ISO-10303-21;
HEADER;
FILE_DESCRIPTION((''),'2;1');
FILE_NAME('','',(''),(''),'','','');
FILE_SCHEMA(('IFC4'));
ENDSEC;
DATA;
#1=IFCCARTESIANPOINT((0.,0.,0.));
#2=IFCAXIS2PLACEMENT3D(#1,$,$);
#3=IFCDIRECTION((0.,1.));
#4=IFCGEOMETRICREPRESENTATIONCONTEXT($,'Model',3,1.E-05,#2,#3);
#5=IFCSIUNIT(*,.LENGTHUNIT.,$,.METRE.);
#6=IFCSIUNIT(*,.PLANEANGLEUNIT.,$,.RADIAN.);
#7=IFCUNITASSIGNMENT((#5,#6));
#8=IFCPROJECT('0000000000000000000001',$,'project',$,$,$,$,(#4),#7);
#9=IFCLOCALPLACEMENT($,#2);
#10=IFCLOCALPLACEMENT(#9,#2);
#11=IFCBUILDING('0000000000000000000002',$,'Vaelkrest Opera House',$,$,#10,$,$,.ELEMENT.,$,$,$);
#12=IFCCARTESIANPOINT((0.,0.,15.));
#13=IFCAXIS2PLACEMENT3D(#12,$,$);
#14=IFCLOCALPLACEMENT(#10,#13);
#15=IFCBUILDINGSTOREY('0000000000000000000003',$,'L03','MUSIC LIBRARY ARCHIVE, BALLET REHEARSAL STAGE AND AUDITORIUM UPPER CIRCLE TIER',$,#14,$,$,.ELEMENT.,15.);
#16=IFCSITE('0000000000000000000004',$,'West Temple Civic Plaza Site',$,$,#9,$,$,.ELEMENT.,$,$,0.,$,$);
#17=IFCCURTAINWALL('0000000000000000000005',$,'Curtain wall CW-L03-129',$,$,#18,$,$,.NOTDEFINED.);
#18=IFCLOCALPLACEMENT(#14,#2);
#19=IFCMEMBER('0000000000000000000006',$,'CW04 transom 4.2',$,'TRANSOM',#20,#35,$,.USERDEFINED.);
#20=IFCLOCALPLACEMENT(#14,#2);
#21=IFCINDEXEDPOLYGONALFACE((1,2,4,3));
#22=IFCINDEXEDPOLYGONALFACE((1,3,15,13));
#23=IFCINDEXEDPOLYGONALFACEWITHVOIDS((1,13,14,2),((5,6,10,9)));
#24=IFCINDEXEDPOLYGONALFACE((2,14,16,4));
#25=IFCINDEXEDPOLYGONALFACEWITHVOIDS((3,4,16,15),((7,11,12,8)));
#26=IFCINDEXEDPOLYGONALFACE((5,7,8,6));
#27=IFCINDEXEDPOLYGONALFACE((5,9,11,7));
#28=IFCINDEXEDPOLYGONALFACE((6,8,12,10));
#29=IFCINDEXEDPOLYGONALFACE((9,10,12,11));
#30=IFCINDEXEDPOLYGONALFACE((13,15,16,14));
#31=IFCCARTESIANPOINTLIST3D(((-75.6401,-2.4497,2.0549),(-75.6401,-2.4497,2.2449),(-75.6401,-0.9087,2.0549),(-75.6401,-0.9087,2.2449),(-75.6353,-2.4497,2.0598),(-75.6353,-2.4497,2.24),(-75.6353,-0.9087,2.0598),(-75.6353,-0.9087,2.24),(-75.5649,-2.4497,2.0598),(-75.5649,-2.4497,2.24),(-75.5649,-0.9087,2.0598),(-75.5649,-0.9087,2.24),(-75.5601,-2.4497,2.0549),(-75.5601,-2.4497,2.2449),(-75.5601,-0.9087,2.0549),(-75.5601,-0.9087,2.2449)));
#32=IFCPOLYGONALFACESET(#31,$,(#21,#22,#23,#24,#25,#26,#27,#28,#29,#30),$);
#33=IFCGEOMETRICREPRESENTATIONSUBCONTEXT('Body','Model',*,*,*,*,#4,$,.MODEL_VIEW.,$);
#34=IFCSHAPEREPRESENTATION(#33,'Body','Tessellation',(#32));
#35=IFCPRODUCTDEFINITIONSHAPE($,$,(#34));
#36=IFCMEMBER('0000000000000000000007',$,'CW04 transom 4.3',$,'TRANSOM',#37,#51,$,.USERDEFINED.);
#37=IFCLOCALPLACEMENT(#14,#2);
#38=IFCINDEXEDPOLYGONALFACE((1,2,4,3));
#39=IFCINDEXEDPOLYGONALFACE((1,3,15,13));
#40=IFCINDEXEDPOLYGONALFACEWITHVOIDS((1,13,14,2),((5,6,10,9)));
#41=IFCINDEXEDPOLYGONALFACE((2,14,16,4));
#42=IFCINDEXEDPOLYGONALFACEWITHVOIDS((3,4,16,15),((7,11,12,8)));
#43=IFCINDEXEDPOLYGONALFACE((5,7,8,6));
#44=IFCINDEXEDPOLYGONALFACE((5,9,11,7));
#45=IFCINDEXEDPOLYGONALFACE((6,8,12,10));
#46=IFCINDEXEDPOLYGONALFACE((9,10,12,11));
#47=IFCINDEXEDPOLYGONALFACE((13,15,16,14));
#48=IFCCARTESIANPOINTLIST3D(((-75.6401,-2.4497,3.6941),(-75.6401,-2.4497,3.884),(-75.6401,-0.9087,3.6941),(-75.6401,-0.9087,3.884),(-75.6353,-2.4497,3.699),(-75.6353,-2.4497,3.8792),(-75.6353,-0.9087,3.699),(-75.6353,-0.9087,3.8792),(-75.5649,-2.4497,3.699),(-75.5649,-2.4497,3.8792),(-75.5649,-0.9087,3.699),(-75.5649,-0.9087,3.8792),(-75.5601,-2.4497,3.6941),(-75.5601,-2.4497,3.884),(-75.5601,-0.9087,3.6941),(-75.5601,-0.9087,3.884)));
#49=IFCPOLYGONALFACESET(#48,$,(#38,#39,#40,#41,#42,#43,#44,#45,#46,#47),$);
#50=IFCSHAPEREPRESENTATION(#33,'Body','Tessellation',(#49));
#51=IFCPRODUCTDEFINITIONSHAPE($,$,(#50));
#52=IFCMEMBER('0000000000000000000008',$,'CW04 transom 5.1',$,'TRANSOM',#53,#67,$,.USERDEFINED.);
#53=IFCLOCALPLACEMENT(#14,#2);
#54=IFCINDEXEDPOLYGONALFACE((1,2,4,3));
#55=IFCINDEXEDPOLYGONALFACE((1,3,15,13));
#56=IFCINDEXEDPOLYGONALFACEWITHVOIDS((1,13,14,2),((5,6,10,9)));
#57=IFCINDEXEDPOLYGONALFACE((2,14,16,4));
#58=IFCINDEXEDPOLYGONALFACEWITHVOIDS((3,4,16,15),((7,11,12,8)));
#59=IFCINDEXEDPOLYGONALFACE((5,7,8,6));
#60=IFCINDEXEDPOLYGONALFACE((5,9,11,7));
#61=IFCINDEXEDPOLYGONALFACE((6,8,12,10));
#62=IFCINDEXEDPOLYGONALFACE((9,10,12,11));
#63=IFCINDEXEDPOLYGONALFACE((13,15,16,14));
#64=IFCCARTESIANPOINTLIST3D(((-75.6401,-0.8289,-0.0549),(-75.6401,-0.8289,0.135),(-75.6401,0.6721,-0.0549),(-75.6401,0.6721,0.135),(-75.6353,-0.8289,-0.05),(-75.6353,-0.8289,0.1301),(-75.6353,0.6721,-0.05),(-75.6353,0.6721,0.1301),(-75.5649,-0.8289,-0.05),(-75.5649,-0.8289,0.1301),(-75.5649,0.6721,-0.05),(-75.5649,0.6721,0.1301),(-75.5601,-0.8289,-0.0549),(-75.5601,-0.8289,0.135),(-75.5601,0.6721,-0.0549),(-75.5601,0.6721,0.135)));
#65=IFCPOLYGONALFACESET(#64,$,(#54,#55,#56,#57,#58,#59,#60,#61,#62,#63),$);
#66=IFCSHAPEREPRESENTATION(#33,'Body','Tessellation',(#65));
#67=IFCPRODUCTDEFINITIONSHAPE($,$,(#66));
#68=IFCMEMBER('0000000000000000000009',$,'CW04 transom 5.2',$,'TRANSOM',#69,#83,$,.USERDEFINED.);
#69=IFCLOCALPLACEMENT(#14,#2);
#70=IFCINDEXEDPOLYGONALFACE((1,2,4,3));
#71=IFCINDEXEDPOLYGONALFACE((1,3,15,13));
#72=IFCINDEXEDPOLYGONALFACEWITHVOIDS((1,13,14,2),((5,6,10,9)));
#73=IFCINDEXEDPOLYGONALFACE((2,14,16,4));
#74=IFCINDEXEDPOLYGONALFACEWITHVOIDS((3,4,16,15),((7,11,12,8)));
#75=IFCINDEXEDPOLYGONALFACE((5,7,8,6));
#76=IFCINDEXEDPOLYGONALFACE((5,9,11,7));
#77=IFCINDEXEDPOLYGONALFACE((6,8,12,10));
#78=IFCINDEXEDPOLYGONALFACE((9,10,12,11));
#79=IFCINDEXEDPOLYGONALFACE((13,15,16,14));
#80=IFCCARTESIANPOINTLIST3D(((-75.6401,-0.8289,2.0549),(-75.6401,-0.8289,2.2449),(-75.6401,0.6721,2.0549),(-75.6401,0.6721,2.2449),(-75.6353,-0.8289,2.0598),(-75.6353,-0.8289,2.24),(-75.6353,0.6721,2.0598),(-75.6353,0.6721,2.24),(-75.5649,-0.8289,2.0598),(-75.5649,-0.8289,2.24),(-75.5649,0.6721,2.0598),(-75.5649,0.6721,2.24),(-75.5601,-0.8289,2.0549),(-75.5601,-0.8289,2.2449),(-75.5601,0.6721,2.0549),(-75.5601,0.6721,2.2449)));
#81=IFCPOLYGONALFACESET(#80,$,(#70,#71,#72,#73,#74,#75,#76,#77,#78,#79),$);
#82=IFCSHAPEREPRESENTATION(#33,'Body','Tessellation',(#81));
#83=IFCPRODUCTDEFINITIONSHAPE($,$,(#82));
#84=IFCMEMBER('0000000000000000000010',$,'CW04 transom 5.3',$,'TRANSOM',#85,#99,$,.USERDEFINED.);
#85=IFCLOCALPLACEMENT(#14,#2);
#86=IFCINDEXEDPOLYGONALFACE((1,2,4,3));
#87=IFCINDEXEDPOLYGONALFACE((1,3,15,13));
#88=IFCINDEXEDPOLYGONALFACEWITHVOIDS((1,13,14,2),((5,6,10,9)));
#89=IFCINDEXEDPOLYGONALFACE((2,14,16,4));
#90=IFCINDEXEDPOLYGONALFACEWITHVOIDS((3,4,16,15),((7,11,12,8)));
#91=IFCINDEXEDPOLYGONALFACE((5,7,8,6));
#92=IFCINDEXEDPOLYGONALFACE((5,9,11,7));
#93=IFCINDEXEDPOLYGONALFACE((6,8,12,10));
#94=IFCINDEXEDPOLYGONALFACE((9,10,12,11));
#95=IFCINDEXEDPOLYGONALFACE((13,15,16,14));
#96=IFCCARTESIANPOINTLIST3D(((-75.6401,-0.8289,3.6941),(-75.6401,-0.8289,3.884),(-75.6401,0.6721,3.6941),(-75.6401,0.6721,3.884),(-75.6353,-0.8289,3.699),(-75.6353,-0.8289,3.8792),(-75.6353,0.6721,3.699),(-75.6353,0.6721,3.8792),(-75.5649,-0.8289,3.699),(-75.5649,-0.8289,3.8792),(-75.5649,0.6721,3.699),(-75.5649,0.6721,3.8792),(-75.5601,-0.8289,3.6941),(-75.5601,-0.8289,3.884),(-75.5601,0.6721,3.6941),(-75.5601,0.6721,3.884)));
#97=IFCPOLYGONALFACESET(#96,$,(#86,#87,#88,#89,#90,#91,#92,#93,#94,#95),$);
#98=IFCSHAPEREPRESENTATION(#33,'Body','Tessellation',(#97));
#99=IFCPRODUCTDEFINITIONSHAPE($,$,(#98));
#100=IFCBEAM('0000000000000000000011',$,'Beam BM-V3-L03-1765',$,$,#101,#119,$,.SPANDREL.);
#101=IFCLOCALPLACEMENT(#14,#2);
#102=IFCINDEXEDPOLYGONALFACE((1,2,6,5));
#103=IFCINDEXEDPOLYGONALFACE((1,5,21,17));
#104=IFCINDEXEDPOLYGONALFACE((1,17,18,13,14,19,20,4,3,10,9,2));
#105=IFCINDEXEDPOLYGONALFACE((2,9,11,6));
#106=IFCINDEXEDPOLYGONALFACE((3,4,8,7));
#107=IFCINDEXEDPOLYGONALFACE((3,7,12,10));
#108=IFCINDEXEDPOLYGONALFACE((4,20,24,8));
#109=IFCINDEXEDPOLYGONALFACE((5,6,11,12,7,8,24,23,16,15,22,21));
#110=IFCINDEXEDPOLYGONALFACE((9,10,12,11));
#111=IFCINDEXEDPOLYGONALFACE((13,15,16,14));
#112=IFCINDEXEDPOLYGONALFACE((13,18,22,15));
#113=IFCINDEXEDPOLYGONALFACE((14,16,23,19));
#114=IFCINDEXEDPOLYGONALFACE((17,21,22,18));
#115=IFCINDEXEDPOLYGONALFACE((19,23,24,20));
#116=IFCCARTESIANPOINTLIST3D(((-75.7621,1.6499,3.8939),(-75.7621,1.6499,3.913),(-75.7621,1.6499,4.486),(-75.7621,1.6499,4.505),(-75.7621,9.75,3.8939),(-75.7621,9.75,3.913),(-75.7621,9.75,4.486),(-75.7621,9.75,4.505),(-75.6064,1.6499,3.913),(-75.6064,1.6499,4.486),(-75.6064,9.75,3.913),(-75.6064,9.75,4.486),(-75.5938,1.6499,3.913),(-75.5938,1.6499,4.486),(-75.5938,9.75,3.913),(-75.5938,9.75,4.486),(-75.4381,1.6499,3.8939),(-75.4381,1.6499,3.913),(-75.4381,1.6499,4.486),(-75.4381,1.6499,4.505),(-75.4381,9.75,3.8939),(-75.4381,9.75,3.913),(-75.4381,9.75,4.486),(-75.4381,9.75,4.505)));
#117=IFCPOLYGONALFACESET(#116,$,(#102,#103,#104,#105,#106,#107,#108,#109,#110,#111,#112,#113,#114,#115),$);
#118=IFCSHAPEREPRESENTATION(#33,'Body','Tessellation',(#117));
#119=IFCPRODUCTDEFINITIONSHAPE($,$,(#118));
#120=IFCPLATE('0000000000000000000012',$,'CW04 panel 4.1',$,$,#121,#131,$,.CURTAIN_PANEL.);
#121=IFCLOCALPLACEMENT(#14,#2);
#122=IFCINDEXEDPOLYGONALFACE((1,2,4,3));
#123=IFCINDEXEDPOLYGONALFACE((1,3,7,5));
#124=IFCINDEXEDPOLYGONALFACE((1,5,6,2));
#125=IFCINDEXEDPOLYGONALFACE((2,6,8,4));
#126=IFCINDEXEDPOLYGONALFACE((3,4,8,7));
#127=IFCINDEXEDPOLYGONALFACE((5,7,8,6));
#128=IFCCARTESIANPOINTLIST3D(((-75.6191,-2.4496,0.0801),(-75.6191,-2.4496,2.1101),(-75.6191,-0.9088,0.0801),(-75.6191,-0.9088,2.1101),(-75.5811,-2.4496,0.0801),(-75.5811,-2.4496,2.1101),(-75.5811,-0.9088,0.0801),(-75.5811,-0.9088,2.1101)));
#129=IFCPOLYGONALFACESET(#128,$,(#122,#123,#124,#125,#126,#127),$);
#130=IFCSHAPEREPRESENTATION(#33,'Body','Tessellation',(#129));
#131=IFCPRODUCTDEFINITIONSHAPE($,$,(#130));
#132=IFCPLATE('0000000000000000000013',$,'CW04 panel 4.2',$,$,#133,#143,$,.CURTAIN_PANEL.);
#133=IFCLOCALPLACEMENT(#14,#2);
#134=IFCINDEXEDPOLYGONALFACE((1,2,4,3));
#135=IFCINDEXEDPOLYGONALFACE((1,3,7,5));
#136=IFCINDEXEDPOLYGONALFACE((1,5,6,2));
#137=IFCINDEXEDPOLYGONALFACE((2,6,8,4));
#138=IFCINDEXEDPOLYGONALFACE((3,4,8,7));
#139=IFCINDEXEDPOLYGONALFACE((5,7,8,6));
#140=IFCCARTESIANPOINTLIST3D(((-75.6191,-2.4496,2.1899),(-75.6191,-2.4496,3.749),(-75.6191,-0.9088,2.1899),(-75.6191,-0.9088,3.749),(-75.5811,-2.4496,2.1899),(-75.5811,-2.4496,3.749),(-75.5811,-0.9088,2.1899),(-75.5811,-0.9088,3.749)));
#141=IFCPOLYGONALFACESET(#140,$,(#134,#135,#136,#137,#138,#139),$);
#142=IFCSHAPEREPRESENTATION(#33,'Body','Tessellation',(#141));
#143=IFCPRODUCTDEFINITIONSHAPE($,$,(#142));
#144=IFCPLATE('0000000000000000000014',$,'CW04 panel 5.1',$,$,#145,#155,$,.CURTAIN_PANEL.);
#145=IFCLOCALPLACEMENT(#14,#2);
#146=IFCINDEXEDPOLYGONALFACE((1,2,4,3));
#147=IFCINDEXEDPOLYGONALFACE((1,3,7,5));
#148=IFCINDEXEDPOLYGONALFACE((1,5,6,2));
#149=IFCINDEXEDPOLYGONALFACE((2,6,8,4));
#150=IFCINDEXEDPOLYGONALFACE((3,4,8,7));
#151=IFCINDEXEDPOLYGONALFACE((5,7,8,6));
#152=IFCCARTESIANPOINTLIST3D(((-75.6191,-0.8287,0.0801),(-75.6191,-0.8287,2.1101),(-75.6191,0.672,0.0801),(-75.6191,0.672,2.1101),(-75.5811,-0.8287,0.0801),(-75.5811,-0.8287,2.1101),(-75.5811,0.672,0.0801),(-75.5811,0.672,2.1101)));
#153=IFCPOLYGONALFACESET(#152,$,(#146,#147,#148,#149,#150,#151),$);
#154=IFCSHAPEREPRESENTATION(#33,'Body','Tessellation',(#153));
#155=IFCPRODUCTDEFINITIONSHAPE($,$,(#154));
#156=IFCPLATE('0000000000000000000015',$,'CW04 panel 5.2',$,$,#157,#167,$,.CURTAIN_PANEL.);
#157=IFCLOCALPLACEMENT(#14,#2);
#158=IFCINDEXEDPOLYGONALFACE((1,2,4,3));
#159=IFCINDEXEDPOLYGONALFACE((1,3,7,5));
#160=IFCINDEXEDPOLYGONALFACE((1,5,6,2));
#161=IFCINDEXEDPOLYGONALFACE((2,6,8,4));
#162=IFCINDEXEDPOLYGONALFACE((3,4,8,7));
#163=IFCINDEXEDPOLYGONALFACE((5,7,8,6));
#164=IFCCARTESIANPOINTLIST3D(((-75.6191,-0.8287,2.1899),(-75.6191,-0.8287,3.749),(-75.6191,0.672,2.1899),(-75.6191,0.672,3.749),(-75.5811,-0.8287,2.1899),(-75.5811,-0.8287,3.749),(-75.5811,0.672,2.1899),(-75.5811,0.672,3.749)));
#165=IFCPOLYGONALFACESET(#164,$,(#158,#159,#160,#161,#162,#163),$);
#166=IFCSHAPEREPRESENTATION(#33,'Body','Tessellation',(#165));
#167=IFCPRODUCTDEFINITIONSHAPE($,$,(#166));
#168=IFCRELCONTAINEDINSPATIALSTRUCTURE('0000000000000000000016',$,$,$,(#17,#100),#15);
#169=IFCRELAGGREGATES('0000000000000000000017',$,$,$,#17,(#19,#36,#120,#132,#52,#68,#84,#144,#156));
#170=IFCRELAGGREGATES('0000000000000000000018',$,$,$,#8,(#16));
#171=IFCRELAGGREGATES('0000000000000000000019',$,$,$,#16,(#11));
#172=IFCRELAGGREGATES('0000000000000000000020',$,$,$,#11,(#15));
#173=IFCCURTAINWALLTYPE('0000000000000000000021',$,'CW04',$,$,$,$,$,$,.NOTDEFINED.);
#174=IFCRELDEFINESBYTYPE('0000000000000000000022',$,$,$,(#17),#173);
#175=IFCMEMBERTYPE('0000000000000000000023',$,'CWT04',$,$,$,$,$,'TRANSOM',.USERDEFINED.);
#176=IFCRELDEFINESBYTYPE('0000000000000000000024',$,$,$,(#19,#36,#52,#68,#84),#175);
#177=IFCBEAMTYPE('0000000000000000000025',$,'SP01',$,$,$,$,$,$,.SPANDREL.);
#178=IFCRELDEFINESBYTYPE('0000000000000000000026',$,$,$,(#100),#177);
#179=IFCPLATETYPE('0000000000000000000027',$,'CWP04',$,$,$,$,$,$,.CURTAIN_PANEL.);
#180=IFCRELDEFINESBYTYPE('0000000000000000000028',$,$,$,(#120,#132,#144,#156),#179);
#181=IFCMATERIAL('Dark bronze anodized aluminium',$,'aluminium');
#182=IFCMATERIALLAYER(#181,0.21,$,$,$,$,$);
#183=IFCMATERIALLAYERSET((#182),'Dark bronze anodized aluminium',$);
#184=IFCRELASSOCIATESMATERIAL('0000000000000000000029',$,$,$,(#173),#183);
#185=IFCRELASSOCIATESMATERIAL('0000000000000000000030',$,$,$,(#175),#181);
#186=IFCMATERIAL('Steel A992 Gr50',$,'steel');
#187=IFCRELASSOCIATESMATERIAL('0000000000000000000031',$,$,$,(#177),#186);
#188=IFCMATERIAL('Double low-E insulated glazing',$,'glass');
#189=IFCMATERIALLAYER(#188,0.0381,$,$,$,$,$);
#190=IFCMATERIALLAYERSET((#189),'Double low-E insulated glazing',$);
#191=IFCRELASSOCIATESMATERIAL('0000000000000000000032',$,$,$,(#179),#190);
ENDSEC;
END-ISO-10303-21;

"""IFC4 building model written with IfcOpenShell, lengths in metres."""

from ifc_helpers import new_model, si_unit, direction, frame, origin, origin_2d, place, context, subcontext, project, spatial, rectangle, hollow_rectangle, i_section, extrude, material, layer, layer_set, material_profile, profile_set, type_object, element, aggregate, save


model = new_model("IFC4")

# Units and contexts
model_context = context("Model", 3, precision=1e-05, world=origin(), true_north=direction((0.0, 1.0)))
body_context = subcontext(model_context, "Body", "Model", "MODEL_VIEW")
ifc_project = project(units=[si_unit("LENGTHUNIT", "METRE"), si_unit("PLANEANGLEUNIT", "RADIAN")], contexts=[model_context])

# Site, building, storey
site_placement = place(None, origin())
site = spatial("IfcSite", under=ifc_project, at=site_placement, Name="West Temple Civic Plaza Site", CompositionType="ELEMENT", RefElevation=0.0)
building_placement = place(site_placement, origin())
building = spatial("IfcBuilding", under=site, at=building_placement, Name="Vaelkrest Opera House", CompositionType="ELEMENT")
storey_placement = place(building_placement, frame((0.0, 0.0, 15.0)))
storey = spatial("IfcBuildingStorey", under=building, at=storey_placement, Name="L03", Description="MUSIC LIBRARY ARCHIVE, BALLET REHEARSAL STAGE AND AUDITORIUM UPPER CIRCLE TIER", CompositionType="ELEMENT", Elevation=15.0)

# Shared definitions
ifc_material_1 = material(Name="Steel A992 Gr50", Category="steel")

# Curtain wall, members
ifc_material_2 = material(Name="Dark bronze anodized aluminium", Category="aluminium")
ifc_layer_1 = layer(ifc_material_2, 0.21)
ifc_layer_set_1 = layer_set([ifc_layer_1], Name="Dark bronze anodized aluminium")
curtain_wall_type = type_object("IfcCurtainWallType", Name="CW04", PredefinedType="NOTDEFINED", material=ifc_layer_set_1)
curtain_wall_placement = place(storey_placement, origin())
curtain_wall = element("IfcCurtainWall", 1, at=curtain_wall_placement, inside=storey, type_object=curtain_wall_type, Name="Curtain wall CW-L03-129", PredefinedType="NOTDEFINED")
ifc_material_profile_1 = material_profile(ifc_material_2, hollow_rectangle(XDim=0.0801, YDim=0.1899, WallThickness=0.0049, at=origin_2d()), Name="CWT80X190")
ifc_profile_set_1 = profile_set([ifc_material_profile_1], Name="Dark bronze anodized aluminium")
member_type_1 = type_object("IfcMemberType", Name="CWT04", ElementType="TRANSOM", PredefinedType="USERDEFINED", material=ifc_profile_set_1)
member_1_placement = place(storey_placement, frame((-75.6001, -2.4497, 2.1499), z_axis=(0.0, 1.0, 0.0), x_axis=(-1.0, 0.0, 0.0)))
member_1 = element("IfcMember", 2, at=member_1_placement, type_object=member_type_1, Name="CW04 transom 4.2", ObjectType="TRANSOM", PredefinedType="USERDEFINED", context=body_context, shape_type="SweptSolid", body=[
    extrude(hollow_rectangle(XDim=0.0801, YDim=0.1899, WallThickness=0.0049, at=origin_2d()), origin(), (0.0, 0.0, 1.0), 1.541),
])
member_2_placement = place(storey_placement, frame((-75.6001, -2.4497, 3.7891), z_axis=(0.0, 1.0, 0.0), x_axis=(-1.0, 0.0, 0.0)))
member_2 = element("IfcMember", 3, at=member_2_placement, type_object=member_type_1, Name="CW04 transom 4.3", ObjectType="TRANSOM", PredefinedType="USERDEFINED", context=body_context, shape_type="SweptSolid", body=[
    extrude(hollow_rectangle(XDim=0.0801, YDim=0.1899, WallThickness=0.0049, at=origin_2d()), origin(), (0.0, 0.0, 1.0), 1.541),
])
member_3_placement = place(storey_placement, frame((-75.6001, -0.8289, 0.04), z_axis=(0.0, 1.0, 0.0), x_axis=(-1.0, 0.0, 0.0)))
member_3 = element("IfcMember", 4, at=member_3_placement, type_object=member_type_1, Name="CW04 transom 5.1", ObjectType="TRANSOM", PredefinedType="USERDEFINED", context=body_context, shape_type="SweptSolid", body=[
    extrude(hollow_rectangle(XDim=0.0801, YDim=0.1899, WallThickness=0.0049, at=origin_2d()), origin(), (0.0, 0.0, 1.0), 1.501),
])
member_4_placement = place(storey_placement, frame((-75.6001, -0.8289, 2.1499), z_axis=(0.0, 1.0, 0.0), x_axis=(-1.0, 0.0, 0.0)))
member_4 = element("IfcMember", 5, at=member_4_placement, type_object=member_type_1, Name="CW04 transom 5.2", ObjectType="TRANSOM", PredefinedType="USERDEFINED", context=body_context, shape_type="SweptSolid", body=[
    extrude(hollow_rectangle(XDim=0.0801, YDim=0.1899, WallThickness=0.0049, at=origin_2d()), origin(), (0.0, 0.0, 1.0), 1.501),
])
member_5_placement = place(storey_placement, frame((-75.6001, -0.8289, 3.7891), z_axis=(0.0, 1.0, 0.0), x_axis=(-1.0, 0.0, 0.0)))
member_5 = element("IfcMember", 6, at=member_5_placement, type_object=member_type_1, Name="CW04 transom 5.3", ObjectType="TRANSOM", PredefinedType="USERDEFINED", context=body_context, shape_type="SweptSolid", body=[
    extrude(hollow_rectangle(XDim=0.0801, YDim=0.1899, WallThickness=0.0049, at=origin_2d()), origin(), (0.0, 0.0, 1.0), 1.501),
])

# Beam
ifc_material_profile_2 = material_profile(ifc_material_1, i_section(OverallWidth=0.324, OverallDepth=0.6111, WebThickness=0.0127, FlangeThickness=0.019, at=origin_2d()), Name="W24X104")
ifc_profile_set_2 = profile_set([ifc_material_profile_2], Name="Steel A992 Gr50")
beam_type_1 = type_object("IfcBeamType", Name="SP01", PredefinedType="SPANDREL", material=ifc_profile_set_2)
beam_1_placement = place(storey_placement, frame((-75.6001, 1.6499, 4.1995), z_axis=(0.0, 1.0, 0.0), x_axis=(-1.0, 0.0, 0.0)))
element("IfcBeam", 7, at=beam_1_placement, inside=storey, type_object=beam_type_1, Name="Beam BM-V3-L03-1765", PredefinedType="SPANDREL", context=body_context, shape_type="SweptSolid", body=[
    extrude(i_section(OverallWidth=0.324, OverallDepth=0.6111, WebThickness=0.0127, FlangeThickness=0.019, at=origin_2d()), origin(), (0.0, 0.0, 1.0), 8.1001),
])

# Plates
ifc_material_3 = material(Name="Double low-E insulated glazing", Category="glass")
ifc_layer_2 = layer(ifc_material_3, 0.0381)
ifc_layer_set_2 = layer_set([ifc_layer_2], Name="Double low-E insulated glazing")
plate_type = type_object("IfcPlateType", Name="CWP04", PredefinedType="CURTAIN_PANEL", material=ifc_layer_set_2)
plate_1_placement = place(storey_placement, frame((-75.6001, -1.6792, 0.0801), z_axis=(0.0, 0.0, 1.0), x_axis=(0.0, 1.0, 0.0)))
plate_1 = element("IfcPlate", 8, at=plate_1_placement, type_object=plate_type, Name="CW04 panel 4.1", PredefinedType="CURTAIN_PANEL", context=body_context, shape_type="SweptSolid", body=[
    extrude(rectangle(XDim=1.5408, YDim=0.0381, at=origin_2d()), origin(), (0.0, 0.0, 1.0), 2.03),
])
plate_2_placement = place(storey_placement, frame((-75.6001, -1.6792, 2.1899), z_axis=(0.0, 0.0, 1.0), x_axis=(0.0, 1.0, 0.0)))
plate_2 = element("IfcPlate", 9, at=plate_2_placement, type_object=plate_type, Name="CW04 panel 4.2", PredefinedType="CURTAIN_PANEL", context=body_context, shape_type="SweptSolid", body=[
    extrude(rectangle(XDim=1.5408, YDim=0.0381, at=origin_2d()), origin(), (0.0, 0.0, 1.0), 1.5591),
])
plate_3_placement = place(storey_placement, frame((-75.6001, -0.0784, 0.0801), z_axis=(0.0, 0.0, 1.0), x_axis=(0.0, 1.0, 0.0)))
plate_3 = element("IfcPlate", 10, at=plate_3_placement, type_object=plate_type, Name="CW04 panel 5.1", PredefinedType="CURTAIN_PANEL", context=body_context, shape_type="SweptSolid", body=[
    extrude(rectangle(XDim=1.5007, YDim=0.0381, at=origin_2d()), origin(), (0.0, 0.0, 1.0), 2.03),
])
plate_4_placement = place(storey_placement, frame((-75.6001, -0.0784, 2.1899), z_axis=(0.0, 0.0, 1.0), x_axis=(0.0, 1.0, 0.0)))
plate_4 = element("IfcPlate", 11, at=plate_4_placement, type_object=plate_type, Name="CW04 panel 5.2", PredefinedType="CURTAIN_PANEL", context=body_context, shape_type="SweptSolid", body=[
    extrude(rectangle(XDim=1.5007, YDim=0.0381, at=origin_2d()), origin(), (0.0, 0.0, 1.0), 1.5591),
])
aggregate(curtain_wall, [member_1, member_2, plate_1, plate_2, member_3, member_4, member_5, plate_3, plate_4])

save(model, "model.ifc")
